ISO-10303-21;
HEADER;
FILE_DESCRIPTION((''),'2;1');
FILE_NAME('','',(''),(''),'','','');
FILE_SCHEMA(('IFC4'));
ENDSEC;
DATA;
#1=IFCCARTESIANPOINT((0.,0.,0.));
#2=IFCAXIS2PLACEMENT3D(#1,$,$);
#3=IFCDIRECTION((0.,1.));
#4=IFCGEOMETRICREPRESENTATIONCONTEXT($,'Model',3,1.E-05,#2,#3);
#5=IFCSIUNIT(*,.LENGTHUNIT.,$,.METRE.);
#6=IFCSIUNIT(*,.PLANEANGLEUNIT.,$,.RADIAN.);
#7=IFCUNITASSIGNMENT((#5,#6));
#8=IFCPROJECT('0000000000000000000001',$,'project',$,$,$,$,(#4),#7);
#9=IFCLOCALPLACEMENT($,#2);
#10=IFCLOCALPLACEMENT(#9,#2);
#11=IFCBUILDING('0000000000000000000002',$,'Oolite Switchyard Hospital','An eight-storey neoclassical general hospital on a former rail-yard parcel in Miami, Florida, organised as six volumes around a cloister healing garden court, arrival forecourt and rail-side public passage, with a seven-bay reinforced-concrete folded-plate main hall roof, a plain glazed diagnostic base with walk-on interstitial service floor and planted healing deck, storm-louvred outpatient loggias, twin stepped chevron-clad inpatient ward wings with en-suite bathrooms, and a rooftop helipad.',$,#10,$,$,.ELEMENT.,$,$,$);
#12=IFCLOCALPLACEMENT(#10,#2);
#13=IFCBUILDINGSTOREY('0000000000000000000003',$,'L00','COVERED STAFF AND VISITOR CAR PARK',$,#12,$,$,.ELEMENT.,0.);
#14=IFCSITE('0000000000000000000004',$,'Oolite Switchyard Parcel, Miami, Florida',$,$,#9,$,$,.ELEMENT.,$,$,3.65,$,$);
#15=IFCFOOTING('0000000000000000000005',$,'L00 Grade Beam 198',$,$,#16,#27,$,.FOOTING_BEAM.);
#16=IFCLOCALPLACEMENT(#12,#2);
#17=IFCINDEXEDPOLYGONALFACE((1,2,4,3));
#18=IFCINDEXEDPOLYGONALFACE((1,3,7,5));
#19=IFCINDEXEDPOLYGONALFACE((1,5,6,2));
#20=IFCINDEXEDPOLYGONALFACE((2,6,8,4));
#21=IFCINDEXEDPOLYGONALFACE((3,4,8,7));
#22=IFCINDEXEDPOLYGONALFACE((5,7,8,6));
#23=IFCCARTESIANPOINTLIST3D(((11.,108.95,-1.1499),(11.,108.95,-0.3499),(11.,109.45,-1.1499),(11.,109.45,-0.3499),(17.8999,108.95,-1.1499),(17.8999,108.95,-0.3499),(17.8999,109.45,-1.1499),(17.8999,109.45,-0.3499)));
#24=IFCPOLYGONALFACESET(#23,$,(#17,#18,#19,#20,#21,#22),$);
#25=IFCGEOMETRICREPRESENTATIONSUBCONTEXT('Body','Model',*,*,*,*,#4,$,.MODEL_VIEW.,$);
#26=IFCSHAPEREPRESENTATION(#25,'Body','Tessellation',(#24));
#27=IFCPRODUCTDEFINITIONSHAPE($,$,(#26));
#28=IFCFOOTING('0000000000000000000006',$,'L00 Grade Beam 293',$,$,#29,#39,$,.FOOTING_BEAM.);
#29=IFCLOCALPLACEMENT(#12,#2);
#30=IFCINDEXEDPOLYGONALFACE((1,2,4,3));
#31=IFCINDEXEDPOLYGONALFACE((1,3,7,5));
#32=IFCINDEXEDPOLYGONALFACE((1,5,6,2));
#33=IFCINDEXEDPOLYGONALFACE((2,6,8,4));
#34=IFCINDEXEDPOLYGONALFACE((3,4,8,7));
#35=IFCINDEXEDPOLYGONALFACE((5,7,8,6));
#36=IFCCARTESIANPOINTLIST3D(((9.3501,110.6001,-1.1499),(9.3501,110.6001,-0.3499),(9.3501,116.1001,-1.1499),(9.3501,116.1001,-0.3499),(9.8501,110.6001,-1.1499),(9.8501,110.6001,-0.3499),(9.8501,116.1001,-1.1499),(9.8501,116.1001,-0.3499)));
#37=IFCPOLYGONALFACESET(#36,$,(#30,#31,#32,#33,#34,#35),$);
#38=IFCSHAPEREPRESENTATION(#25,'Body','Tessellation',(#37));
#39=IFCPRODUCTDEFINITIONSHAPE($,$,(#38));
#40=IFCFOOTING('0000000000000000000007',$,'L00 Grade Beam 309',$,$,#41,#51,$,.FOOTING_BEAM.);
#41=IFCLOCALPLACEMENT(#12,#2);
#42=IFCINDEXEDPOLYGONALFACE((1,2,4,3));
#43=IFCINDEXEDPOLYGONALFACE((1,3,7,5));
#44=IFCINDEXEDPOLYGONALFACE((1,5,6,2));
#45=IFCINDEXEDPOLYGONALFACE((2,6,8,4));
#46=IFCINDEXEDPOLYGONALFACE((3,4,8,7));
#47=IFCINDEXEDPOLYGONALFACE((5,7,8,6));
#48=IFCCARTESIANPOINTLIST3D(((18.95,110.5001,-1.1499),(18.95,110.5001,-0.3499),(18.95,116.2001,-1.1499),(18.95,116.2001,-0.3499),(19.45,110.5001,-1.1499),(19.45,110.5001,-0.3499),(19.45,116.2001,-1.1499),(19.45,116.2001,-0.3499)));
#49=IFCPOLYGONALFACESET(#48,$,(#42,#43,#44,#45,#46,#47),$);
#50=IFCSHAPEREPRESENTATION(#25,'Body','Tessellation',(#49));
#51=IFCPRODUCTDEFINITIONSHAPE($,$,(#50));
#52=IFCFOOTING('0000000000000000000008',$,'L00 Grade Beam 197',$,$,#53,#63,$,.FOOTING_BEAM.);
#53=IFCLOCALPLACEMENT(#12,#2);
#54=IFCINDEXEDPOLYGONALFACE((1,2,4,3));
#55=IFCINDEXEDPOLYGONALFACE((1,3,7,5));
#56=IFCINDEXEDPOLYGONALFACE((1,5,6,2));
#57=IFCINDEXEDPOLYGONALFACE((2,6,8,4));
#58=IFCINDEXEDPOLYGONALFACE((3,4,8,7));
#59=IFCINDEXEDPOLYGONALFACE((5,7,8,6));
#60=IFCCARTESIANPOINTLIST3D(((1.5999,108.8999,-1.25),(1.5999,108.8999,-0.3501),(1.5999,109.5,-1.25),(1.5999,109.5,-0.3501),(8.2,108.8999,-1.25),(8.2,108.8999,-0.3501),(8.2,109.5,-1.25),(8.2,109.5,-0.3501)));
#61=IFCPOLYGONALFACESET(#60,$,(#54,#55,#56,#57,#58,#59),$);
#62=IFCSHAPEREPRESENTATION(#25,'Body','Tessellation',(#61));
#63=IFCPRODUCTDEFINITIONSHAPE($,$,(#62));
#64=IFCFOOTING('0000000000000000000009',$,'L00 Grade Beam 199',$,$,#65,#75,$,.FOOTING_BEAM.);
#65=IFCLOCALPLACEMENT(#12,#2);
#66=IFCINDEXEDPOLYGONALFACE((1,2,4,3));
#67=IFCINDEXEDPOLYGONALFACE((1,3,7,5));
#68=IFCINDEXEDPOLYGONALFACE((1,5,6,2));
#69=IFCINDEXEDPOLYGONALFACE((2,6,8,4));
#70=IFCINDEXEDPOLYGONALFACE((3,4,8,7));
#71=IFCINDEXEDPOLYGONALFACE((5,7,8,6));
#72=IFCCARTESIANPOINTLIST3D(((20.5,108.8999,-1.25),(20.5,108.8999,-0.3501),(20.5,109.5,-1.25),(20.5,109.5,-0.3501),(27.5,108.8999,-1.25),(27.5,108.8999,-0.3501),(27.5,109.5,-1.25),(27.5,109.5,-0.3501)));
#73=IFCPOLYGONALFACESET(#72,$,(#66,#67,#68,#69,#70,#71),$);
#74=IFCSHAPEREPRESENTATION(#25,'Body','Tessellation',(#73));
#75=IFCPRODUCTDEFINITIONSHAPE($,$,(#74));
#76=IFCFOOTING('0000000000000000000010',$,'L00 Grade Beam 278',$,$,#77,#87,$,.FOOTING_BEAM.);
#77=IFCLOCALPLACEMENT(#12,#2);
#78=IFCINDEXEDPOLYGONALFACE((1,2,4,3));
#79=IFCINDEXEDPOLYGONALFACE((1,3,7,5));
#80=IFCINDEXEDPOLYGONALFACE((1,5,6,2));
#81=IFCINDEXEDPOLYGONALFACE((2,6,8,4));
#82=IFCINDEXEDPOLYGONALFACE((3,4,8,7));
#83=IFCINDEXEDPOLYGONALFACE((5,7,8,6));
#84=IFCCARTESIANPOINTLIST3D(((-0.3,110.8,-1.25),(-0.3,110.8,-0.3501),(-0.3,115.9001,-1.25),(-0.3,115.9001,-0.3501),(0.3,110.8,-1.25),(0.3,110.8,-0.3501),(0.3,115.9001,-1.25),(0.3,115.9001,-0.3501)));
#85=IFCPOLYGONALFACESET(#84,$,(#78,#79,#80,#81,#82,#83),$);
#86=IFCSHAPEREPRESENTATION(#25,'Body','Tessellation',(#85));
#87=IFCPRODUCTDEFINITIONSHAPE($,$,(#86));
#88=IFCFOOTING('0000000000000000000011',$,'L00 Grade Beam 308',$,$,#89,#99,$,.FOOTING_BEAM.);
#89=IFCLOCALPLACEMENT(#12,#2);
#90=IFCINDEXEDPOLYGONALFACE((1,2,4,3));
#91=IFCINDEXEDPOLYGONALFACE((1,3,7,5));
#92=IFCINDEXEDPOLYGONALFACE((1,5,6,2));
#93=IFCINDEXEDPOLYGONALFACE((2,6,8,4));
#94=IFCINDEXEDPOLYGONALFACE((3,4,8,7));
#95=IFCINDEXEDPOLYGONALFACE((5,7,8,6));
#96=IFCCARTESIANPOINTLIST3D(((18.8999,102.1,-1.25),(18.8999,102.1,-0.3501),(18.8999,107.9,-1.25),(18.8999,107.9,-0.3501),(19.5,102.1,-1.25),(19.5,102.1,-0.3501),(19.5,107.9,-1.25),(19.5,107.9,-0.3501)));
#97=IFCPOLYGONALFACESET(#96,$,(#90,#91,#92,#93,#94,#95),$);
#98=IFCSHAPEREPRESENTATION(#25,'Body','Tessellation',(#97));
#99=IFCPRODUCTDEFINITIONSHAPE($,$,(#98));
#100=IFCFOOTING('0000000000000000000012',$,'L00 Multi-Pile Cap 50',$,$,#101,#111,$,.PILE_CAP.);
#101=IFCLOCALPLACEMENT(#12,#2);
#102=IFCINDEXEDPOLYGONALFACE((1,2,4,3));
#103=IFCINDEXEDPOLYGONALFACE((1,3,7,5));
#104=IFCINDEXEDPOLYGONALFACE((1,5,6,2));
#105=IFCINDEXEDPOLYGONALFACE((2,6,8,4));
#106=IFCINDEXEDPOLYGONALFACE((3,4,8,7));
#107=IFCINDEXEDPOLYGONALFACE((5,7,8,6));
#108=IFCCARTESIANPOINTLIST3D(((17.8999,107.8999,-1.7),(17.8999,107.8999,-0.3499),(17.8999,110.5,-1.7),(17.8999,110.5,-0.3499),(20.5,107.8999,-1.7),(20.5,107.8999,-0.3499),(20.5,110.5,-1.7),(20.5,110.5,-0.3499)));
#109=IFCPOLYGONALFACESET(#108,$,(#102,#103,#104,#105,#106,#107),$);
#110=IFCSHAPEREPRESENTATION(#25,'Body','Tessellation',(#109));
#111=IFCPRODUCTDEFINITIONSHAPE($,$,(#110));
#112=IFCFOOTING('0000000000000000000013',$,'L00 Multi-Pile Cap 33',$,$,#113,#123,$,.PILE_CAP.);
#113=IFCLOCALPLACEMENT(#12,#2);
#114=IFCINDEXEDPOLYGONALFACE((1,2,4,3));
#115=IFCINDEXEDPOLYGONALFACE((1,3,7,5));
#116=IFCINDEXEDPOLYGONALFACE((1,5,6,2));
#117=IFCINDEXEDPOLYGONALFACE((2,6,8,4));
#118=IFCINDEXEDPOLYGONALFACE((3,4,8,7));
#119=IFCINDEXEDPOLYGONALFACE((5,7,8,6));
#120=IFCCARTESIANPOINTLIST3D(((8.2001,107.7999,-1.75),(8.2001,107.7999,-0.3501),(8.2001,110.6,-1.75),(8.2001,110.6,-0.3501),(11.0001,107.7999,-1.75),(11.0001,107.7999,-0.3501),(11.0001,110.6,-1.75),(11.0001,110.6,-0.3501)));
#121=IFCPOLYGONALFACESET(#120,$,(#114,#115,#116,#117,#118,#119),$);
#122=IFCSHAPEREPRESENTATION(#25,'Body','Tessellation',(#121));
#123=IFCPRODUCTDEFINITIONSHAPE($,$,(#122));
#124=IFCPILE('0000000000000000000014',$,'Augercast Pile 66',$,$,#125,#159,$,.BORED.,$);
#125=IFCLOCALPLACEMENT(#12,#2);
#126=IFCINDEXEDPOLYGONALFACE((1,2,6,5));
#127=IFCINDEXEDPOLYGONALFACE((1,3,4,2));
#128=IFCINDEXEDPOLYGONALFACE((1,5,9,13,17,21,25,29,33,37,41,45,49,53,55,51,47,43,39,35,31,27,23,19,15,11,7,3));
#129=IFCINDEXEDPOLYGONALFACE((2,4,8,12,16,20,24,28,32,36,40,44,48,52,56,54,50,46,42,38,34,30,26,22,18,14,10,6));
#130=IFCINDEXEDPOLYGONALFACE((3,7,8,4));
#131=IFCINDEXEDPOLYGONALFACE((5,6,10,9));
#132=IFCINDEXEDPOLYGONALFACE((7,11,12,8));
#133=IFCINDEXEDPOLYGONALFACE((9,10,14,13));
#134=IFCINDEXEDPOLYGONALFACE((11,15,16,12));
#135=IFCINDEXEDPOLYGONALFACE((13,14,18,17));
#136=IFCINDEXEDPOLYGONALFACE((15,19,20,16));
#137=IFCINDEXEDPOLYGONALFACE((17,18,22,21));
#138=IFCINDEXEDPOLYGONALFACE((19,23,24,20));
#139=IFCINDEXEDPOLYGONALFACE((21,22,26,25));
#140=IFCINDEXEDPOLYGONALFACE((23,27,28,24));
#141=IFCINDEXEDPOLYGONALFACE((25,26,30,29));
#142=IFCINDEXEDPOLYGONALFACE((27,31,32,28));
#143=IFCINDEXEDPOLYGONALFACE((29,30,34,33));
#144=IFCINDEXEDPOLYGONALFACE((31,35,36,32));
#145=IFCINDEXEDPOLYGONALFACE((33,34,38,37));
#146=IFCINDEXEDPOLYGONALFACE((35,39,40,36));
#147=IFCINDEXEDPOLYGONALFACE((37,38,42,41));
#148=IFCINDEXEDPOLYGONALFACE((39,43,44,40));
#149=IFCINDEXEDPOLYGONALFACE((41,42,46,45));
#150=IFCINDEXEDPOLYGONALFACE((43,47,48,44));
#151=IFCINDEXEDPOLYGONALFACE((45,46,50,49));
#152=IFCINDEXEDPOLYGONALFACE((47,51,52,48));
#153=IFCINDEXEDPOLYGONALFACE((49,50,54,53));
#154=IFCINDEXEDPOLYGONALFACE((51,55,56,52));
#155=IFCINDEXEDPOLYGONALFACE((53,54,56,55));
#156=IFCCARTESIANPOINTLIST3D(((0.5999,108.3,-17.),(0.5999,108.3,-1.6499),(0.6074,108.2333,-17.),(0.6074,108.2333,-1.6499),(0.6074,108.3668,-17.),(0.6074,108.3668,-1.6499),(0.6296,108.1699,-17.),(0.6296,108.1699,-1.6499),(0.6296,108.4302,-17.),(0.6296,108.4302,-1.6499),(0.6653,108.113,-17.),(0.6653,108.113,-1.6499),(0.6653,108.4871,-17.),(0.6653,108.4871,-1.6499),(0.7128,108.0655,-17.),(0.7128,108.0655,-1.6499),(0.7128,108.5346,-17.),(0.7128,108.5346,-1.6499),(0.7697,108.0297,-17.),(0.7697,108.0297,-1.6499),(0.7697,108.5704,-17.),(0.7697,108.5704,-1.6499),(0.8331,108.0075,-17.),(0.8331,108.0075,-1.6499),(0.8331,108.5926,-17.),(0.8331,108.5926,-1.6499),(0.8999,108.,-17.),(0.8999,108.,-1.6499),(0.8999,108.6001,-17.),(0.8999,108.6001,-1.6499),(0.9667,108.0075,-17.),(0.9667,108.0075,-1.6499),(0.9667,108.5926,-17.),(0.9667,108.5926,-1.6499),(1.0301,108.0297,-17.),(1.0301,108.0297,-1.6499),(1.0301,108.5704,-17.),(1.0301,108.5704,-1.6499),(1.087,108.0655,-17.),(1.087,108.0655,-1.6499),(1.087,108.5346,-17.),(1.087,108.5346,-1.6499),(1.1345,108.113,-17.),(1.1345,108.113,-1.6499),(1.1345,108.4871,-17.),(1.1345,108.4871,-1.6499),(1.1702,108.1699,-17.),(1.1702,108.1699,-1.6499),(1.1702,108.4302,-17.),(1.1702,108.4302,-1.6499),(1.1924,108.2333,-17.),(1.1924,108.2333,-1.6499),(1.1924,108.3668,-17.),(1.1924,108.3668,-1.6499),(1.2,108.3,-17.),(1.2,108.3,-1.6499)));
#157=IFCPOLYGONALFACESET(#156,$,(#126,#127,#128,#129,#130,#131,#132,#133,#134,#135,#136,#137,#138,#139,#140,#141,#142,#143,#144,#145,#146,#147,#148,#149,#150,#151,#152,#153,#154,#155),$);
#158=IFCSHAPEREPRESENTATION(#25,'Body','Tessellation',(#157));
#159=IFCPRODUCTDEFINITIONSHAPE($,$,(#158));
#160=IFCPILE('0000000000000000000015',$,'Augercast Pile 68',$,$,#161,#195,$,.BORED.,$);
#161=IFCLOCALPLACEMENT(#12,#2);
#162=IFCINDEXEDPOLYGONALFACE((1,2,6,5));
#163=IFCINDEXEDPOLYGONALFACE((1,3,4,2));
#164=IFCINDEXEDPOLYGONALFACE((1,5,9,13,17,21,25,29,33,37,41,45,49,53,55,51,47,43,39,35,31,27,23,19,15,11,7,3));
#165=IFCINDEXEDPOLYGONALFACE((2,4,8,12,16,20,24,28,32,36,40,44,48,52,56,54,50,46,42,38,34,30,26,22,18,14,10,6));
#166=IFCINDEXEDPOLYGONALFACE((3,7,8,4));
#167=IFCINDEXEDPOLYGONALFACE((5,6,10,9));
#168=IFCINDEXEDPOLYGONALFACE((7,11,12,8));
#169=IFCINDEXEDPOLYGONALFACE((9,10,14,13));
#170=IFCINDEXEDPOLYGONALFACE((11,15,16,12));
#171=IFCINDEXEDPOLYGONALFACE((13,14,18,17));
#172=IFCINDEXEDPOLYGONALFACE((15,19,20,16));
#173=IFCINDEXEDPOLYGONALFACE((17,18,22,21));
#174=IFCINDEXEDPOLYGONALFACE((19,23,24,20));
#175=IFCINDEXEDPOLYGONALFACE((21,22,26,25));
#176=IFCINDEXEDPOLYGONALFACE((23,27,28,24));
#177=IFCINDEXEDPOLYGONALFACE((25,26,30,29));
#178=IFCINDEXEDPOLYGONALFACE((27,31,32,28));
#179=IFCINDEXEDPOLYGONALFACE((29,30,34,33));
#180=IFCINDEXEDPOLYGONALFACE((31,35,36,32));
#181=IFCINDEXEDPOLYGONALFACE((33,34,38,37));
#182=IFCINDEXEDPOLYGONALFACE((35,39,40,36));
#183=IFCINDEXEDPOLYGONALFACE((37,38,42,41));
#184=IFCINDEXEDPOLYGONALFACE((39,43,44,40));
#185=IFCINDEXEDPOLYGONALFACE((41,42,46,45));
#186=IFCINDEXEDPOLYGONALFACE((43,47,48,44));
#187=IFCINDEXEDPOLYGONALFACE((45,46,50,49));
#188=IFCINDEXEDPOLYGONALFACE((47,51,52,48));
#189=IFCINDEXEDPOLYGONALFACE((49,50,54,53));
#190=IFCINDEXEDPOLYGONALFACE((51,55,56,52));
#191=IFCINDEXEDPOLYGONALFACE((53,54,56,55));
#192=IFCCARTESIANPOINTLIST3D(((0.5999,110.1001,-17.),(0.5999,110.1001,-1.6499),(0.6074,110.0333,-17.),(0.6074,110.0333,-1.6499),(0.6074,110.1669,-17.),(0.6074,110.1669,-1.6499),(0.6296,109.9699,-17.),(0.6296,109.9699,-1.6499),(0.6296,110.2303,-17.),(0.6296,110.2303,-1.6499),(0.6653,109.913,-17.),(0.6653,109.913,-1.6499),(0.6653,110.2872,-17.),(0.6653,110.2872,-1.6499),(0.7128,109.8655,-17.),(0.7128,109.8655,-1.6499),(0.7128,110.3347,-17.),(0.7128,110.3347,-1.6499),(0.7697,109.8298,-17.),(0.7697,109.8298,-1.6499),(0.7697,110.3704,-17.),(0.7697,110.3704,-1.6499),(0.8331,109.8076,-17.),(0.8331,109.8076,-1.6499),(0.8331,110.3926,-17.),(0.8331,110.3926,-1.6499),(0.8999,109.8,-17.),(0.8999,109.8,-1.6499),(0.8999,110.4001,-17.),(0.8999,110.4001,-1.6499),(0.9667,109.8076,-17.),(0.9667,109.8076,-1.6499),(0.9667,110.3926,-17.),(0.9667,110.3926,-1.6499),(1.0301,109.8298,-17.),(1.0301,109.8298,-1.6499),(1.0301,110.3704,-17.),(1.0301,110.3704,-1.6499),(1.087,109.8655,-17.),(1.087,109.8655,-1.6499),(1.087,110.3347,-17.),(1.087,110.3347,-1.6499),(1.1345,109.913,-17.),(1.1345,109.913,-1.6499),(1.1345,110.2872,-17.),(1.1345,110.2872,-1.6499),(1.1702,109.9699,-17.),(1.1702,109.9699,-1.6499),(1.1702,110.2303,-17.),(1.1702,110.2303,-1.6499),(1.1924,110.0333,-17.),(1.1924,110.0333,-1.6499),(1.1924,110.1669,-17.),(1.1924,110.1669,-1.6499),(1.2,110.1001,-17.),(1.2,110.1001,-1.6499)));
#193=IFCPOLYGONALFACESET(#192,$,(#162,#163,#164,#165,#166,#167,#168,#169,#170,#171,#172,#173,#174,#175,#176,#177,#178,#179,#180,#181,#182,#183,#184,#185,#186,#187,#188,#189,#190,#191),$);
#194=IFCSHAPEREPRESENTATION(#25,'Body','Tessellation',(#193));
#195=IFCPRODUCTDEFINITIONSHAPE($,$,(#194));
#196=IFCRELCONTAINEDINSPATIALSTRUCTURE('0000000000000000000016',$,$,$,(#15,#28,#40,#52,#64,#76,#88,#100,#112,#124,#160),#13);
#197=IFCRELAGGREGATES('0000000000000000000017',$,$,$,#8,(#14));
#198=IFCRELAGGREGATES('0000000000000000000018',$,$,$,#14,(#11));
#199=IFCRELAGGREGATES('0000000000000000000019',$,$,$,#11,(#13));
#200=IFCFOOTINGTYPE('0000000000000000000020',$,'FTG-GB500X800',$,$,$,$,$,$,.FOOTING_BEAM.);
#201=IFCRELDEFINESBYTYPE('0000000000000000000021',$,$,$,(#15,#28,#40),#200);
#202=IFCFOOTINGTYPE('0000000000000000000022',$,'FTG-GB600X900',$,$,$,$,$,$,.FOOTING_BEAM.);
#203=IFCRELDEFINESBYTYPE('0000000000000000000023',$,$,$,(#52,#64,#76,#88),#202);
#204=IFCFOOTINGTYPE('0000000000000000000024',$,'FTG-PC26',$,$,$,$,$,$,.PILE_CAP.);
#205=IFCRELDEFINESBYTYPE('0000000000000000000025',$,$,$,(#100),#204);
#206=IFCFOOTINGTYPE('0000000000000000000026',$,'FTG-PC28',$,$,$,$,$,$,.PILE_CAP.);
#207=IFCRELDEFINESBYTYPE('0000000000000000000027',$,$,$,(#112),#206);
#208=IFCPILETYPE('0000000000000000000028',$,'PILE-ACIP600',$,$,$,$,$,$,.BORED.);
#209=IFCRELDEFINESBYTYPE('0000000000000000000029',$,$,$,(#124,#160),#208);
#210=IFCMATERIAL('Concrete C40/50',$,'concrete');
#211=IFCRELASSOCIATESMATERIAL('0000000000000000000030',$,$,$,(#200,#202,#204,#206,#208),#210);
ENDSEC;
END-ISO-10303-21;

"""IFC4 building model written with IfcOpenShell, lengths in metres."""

from ifc_helpers import new_model, si_unit, direction, frame, origin, origin_2d, place, context, subcontext, project, spatial, rectangle, circle, extrude, material, material_profile, profile_set, type_object, element, save


model = new_model("IFC4")

# Units and contexts
model_context = context("Model", 3, precision=1e-05, world=origin(), true_north=direction((0.0, 1.0)))
body_context = subcontext(model_context, "Body", "Model", "MODEL_VIEW")
ifc_project = project(units=[si_unit("LENGTHUNIT", "METRE"), si_unit("PLANEANGLEUNIT", "RADIAN")], contexts=[model_context])

# Site, building, storey
site_placement = place(None, origin())
site = spatial("IfcSite", under=ifc_project, at=site_placement, Name="Oolite Switchyard Parcel, Miami, Florida", CompositionType="ELEMENT", RefElevation=3.65)
building_placement = place(site_placement, origin())
building = spatial("IfcBuilding", under=site, at=building_placement, Name="Oolite Switchyard Hospital", Description="An eight-storey neoclassical general hospital on a former rail-yard parcel in Miami, Florida, organised as six volumes around a cloister healing garden court, arrival forecourt and rail-side public passage, with a seven-bay reinforced-concrete folded-plate main hall roof, a plain glazed diagnostic base with walk-on interstitial service floor and planted healing deck, storm-louvred outpatient loggias, twin stepped chevron-clad inpatient ward wings with en-suite bathrooms, and a rooftop helipad.", CompositionType="ELEMENT")
storey_placement = place(building_placement, origin())
storey = spatial("IfcBuildingStorey", under=building, at=storey_placement, Name="L00", Description="COVERED STAFF AND VISITOR CAR PARK", CompositionType="ELEMENT", Elevation=0.0)

# Footings
ifc_material_1 = material(Name="Concrete C40/50", Category="concrete")
footing_type_1 = type_object("IfcFootingType", Name="FTG-GB500X800", PredefinedType="FOOTING_BEAM", material=ifc_material_1)
footing_1_placement = place(storey_placement, frame((14.45, 109.2, -1.1499), z_axis=(0.0, 0.0, 1.0), x_axis=(1.0, 0.0, 0.0)))
element("IfcFooting", 1, at=footing_1_placement, inside=storey, type_object=footing_type_1, Name="L00 Grade Beam 198", PredefinedType="FOOTING_BEAM", context=body_context, shape_type="SweptSolid", body=[
    extrude(rectangle(XDim=6.8999, YDim=0.5, at=origin_2d()), origin(), (0.0, 0.0, 1.0), 0.8),
])
footing_2_placement = place(storey_placement, frame((9.6001, 113.3501, -1.1499), z_axis=(0.0, 0.0, 1.0), x_axis=(0.0, 1.0, 0.0)))
element("IfcFooting", 2, at=footing_2_placement, inside=storey, type_object=footing_type_1, Name="L00 Grade Beam 293", PredefinedType="FOOTING_BEAM", context=body_context, shape_type="SweptSolid", body=[
    extrude(rectangle(XDim=5.5, YDim=0.5, at=origin_2d()), origin(), (0.0, 0.0, 1.0), 0.8),
])
footing_3_placement = place(storey_placement, frame((19.2, 113.3501, -1.1499), z_axis=(0.0, 0.0, 1.0), x_axis=(0.0, 1.0, 0.0)))
element("IfcFooting", 3, at=footing_3_placement, inside=storey, type_object=footing_type_1, Name="L00 Grade Beam 309", PredefinedType="FOOTING_BEAM", context=body_context, shape_type="SweptSolid", body=[
    extrude(rectangle(XDim=5.7, YDim=0.5, at=origin_2d()), origin(), (0.0, 0.0, 1.0), 0.8),
])
footing_type_2 = type_object("IfcFootingType", Name="FTG-GB600X900", PredefinedType="FOOTING_BEAM", material=ifc_material_1)
footing_4_placement = place(storey_placement, frame((4.8999, 109.2, -1.25), z_axis=(0.0, 0.0, 1.0), x_axis=(1.0, 0.0, 0.0)))
element("IfcFooting", 4, at=footing_4_placement, inside=storey, type_object=footing_type_2, Name="L00 Grade Beam 197", PredefinedType="FOOTING_BEAM", context=body_context, shape_type="SweptSolid", body=[
    extrude(rectangle(XDim=6.6001, YDim=0.6001, at=origin_2d()), origin(), (0.0, 0.0, 1.0), 0.8999),
])
footing_5_placement = place(storey_placement, frame((24.0, 109.2, -1.25), z_axis=(0.0, 0.0, 1.0), x_axis=(1.0, 0.0, 0.0)))
element("IfcFooting", 5, at=footing_5_placement, inside=storey, type_object=footing_type_2, Name="L00 Grade Beam 199", PredefinedType="FOOTING_BEAM", context=body_context, shape_type="SweptSolid", body=[
    extrude(rectangle(XDim=7.0, YDim=0.6001, at=origin_2d()), origin(), (0.0, 0.0, 1.0), 0.8999),
])
footing_6_placement = place(storey_placement, frame((0.0, 113.3501, -1.25), z_axis=(0.0, 0.0, 1.0), x_axis=(0.0, 1.0, 0.0)))
element("IfcFooting", 6, at=footing_6_placement, inside=storey, type_object=footing_type_2, Name="L00 Grade Beam 278", PredefinedType="FOOTING_BEAM", context=body_context, shape_type="SweptSolid", body=[
    extrude(rectangle(XDim=5.1001, YDim=0.6001, at=origin_2d()), origin(), (0.0, 0.0, 1.0), 0.8999),
])
footing_7_placement = place(storey_placement, frame((19.2, 105.0, -1.25), z_axis=(0.0, 0.0, 1.0), x_axis=(0.0, 1.0, 0.0)))
element("IfcFooting", 7, at=footing_7_placement, inside=storey, type_object=footing_type_2, Name="L00 Grade Beam 308", PredefinedType="FOOTING_BEAM", context=body_context, shape_type="SweptSolid", body=[
    extrude(rectangle(XDim=5.8, YDim=0.6001, at=origin_2d()), origin(), (0.0, 0.0, 1.0), 0.8999),
])
footing_type_3 = type_object("IfcFootingType", Name="FTG-PC26", PredefinedType="PILE_CAP", material=ifc_material_1)
footing_8_placement = place(storey_placement, frame((19.2, 109.2, -1.7), z_axis=(0.0, 0.0, 1.0), x_axis=(1.0, 0.0, 0.0)))
element("IfcFooting", 8, at=footing_8_placement, inside=storey, type_object=footing_type_3, Name="L00 Multi-Pile Cap 50", PredefinedType="PILE_CAP", context=body_context, shape_type="SweptSolid", body=[
    extrude(rectangle(XDim=2.6001, YDim=2.6001, at=origin_2d()), origin(), (0.0, 0.0, 1.0), 1.3501),
])
footing_type_4 = type_object("IfcFootingType", Name="FTG-PC28", PredefinedType="PILE_CAP", material=ifc_material_1)
footing_9_placement = place(storey_placement, frame((9.6001, 109.2, -1.75), z_axis=(0.0, 0.0, 1.0), x_axis=(1.0, 0.0, 0.0)))
element("IfcFooting", 9, at=footing_9_placement, inside=storey, type_object=footing_type_4, Name="L00 Multi-Pile Cap 33", PredefinedType="PILE_CAP", context=body_context, shape_type="SweptSolid", body=[
    extrude(rectangle(XDim=2.8, YDim=2.8, at=origin_2d()), origin(), (0.0, 0.0, 1.0), 1.3999),
])

# Piles
ifc_material_profile_1 = material_profile(ifc_material_1, circle(Radius=0.3, at=origin_2d()), Name="PILE600")
ifc_profile_set_1 = profile_set([ifc_material_profile_1], Name="Concrete C40/50")
pile_type = type_object("IfcPileType", Name="PILE-ACIP600", PredefinedType="BORED", material=ifc_profile_set_1)
for number, where, z_axis, x_axis, name in (
    (10, (0.8999, 108.3, -1.6499), (0.0, 0.0, -1.0), (1.0, 0.0, 0.0), "Augercast Pile 66"),
    (11, (0.8999, 110.1001, -1.6499), (0.0, 0.0, -1.0), (1.0, 0.0, 0.0), "Augercast Pile 68"),
):
    element("IfcPile", number, at=place(storey_placement, frame(where, z_axis=z_axis, x_axis=x_axis)), inside=storey, type_object=pile_type, Name=name, PredefinedType="BORED", context=body_context, shape_type="SweptSolid", body=[
        extrude(circle(Radius=0.3, at=origin_2d()), origin(), (0.0, 0.0, 1.0), 15.3501),
    ])

save(model, "model.ifc")
